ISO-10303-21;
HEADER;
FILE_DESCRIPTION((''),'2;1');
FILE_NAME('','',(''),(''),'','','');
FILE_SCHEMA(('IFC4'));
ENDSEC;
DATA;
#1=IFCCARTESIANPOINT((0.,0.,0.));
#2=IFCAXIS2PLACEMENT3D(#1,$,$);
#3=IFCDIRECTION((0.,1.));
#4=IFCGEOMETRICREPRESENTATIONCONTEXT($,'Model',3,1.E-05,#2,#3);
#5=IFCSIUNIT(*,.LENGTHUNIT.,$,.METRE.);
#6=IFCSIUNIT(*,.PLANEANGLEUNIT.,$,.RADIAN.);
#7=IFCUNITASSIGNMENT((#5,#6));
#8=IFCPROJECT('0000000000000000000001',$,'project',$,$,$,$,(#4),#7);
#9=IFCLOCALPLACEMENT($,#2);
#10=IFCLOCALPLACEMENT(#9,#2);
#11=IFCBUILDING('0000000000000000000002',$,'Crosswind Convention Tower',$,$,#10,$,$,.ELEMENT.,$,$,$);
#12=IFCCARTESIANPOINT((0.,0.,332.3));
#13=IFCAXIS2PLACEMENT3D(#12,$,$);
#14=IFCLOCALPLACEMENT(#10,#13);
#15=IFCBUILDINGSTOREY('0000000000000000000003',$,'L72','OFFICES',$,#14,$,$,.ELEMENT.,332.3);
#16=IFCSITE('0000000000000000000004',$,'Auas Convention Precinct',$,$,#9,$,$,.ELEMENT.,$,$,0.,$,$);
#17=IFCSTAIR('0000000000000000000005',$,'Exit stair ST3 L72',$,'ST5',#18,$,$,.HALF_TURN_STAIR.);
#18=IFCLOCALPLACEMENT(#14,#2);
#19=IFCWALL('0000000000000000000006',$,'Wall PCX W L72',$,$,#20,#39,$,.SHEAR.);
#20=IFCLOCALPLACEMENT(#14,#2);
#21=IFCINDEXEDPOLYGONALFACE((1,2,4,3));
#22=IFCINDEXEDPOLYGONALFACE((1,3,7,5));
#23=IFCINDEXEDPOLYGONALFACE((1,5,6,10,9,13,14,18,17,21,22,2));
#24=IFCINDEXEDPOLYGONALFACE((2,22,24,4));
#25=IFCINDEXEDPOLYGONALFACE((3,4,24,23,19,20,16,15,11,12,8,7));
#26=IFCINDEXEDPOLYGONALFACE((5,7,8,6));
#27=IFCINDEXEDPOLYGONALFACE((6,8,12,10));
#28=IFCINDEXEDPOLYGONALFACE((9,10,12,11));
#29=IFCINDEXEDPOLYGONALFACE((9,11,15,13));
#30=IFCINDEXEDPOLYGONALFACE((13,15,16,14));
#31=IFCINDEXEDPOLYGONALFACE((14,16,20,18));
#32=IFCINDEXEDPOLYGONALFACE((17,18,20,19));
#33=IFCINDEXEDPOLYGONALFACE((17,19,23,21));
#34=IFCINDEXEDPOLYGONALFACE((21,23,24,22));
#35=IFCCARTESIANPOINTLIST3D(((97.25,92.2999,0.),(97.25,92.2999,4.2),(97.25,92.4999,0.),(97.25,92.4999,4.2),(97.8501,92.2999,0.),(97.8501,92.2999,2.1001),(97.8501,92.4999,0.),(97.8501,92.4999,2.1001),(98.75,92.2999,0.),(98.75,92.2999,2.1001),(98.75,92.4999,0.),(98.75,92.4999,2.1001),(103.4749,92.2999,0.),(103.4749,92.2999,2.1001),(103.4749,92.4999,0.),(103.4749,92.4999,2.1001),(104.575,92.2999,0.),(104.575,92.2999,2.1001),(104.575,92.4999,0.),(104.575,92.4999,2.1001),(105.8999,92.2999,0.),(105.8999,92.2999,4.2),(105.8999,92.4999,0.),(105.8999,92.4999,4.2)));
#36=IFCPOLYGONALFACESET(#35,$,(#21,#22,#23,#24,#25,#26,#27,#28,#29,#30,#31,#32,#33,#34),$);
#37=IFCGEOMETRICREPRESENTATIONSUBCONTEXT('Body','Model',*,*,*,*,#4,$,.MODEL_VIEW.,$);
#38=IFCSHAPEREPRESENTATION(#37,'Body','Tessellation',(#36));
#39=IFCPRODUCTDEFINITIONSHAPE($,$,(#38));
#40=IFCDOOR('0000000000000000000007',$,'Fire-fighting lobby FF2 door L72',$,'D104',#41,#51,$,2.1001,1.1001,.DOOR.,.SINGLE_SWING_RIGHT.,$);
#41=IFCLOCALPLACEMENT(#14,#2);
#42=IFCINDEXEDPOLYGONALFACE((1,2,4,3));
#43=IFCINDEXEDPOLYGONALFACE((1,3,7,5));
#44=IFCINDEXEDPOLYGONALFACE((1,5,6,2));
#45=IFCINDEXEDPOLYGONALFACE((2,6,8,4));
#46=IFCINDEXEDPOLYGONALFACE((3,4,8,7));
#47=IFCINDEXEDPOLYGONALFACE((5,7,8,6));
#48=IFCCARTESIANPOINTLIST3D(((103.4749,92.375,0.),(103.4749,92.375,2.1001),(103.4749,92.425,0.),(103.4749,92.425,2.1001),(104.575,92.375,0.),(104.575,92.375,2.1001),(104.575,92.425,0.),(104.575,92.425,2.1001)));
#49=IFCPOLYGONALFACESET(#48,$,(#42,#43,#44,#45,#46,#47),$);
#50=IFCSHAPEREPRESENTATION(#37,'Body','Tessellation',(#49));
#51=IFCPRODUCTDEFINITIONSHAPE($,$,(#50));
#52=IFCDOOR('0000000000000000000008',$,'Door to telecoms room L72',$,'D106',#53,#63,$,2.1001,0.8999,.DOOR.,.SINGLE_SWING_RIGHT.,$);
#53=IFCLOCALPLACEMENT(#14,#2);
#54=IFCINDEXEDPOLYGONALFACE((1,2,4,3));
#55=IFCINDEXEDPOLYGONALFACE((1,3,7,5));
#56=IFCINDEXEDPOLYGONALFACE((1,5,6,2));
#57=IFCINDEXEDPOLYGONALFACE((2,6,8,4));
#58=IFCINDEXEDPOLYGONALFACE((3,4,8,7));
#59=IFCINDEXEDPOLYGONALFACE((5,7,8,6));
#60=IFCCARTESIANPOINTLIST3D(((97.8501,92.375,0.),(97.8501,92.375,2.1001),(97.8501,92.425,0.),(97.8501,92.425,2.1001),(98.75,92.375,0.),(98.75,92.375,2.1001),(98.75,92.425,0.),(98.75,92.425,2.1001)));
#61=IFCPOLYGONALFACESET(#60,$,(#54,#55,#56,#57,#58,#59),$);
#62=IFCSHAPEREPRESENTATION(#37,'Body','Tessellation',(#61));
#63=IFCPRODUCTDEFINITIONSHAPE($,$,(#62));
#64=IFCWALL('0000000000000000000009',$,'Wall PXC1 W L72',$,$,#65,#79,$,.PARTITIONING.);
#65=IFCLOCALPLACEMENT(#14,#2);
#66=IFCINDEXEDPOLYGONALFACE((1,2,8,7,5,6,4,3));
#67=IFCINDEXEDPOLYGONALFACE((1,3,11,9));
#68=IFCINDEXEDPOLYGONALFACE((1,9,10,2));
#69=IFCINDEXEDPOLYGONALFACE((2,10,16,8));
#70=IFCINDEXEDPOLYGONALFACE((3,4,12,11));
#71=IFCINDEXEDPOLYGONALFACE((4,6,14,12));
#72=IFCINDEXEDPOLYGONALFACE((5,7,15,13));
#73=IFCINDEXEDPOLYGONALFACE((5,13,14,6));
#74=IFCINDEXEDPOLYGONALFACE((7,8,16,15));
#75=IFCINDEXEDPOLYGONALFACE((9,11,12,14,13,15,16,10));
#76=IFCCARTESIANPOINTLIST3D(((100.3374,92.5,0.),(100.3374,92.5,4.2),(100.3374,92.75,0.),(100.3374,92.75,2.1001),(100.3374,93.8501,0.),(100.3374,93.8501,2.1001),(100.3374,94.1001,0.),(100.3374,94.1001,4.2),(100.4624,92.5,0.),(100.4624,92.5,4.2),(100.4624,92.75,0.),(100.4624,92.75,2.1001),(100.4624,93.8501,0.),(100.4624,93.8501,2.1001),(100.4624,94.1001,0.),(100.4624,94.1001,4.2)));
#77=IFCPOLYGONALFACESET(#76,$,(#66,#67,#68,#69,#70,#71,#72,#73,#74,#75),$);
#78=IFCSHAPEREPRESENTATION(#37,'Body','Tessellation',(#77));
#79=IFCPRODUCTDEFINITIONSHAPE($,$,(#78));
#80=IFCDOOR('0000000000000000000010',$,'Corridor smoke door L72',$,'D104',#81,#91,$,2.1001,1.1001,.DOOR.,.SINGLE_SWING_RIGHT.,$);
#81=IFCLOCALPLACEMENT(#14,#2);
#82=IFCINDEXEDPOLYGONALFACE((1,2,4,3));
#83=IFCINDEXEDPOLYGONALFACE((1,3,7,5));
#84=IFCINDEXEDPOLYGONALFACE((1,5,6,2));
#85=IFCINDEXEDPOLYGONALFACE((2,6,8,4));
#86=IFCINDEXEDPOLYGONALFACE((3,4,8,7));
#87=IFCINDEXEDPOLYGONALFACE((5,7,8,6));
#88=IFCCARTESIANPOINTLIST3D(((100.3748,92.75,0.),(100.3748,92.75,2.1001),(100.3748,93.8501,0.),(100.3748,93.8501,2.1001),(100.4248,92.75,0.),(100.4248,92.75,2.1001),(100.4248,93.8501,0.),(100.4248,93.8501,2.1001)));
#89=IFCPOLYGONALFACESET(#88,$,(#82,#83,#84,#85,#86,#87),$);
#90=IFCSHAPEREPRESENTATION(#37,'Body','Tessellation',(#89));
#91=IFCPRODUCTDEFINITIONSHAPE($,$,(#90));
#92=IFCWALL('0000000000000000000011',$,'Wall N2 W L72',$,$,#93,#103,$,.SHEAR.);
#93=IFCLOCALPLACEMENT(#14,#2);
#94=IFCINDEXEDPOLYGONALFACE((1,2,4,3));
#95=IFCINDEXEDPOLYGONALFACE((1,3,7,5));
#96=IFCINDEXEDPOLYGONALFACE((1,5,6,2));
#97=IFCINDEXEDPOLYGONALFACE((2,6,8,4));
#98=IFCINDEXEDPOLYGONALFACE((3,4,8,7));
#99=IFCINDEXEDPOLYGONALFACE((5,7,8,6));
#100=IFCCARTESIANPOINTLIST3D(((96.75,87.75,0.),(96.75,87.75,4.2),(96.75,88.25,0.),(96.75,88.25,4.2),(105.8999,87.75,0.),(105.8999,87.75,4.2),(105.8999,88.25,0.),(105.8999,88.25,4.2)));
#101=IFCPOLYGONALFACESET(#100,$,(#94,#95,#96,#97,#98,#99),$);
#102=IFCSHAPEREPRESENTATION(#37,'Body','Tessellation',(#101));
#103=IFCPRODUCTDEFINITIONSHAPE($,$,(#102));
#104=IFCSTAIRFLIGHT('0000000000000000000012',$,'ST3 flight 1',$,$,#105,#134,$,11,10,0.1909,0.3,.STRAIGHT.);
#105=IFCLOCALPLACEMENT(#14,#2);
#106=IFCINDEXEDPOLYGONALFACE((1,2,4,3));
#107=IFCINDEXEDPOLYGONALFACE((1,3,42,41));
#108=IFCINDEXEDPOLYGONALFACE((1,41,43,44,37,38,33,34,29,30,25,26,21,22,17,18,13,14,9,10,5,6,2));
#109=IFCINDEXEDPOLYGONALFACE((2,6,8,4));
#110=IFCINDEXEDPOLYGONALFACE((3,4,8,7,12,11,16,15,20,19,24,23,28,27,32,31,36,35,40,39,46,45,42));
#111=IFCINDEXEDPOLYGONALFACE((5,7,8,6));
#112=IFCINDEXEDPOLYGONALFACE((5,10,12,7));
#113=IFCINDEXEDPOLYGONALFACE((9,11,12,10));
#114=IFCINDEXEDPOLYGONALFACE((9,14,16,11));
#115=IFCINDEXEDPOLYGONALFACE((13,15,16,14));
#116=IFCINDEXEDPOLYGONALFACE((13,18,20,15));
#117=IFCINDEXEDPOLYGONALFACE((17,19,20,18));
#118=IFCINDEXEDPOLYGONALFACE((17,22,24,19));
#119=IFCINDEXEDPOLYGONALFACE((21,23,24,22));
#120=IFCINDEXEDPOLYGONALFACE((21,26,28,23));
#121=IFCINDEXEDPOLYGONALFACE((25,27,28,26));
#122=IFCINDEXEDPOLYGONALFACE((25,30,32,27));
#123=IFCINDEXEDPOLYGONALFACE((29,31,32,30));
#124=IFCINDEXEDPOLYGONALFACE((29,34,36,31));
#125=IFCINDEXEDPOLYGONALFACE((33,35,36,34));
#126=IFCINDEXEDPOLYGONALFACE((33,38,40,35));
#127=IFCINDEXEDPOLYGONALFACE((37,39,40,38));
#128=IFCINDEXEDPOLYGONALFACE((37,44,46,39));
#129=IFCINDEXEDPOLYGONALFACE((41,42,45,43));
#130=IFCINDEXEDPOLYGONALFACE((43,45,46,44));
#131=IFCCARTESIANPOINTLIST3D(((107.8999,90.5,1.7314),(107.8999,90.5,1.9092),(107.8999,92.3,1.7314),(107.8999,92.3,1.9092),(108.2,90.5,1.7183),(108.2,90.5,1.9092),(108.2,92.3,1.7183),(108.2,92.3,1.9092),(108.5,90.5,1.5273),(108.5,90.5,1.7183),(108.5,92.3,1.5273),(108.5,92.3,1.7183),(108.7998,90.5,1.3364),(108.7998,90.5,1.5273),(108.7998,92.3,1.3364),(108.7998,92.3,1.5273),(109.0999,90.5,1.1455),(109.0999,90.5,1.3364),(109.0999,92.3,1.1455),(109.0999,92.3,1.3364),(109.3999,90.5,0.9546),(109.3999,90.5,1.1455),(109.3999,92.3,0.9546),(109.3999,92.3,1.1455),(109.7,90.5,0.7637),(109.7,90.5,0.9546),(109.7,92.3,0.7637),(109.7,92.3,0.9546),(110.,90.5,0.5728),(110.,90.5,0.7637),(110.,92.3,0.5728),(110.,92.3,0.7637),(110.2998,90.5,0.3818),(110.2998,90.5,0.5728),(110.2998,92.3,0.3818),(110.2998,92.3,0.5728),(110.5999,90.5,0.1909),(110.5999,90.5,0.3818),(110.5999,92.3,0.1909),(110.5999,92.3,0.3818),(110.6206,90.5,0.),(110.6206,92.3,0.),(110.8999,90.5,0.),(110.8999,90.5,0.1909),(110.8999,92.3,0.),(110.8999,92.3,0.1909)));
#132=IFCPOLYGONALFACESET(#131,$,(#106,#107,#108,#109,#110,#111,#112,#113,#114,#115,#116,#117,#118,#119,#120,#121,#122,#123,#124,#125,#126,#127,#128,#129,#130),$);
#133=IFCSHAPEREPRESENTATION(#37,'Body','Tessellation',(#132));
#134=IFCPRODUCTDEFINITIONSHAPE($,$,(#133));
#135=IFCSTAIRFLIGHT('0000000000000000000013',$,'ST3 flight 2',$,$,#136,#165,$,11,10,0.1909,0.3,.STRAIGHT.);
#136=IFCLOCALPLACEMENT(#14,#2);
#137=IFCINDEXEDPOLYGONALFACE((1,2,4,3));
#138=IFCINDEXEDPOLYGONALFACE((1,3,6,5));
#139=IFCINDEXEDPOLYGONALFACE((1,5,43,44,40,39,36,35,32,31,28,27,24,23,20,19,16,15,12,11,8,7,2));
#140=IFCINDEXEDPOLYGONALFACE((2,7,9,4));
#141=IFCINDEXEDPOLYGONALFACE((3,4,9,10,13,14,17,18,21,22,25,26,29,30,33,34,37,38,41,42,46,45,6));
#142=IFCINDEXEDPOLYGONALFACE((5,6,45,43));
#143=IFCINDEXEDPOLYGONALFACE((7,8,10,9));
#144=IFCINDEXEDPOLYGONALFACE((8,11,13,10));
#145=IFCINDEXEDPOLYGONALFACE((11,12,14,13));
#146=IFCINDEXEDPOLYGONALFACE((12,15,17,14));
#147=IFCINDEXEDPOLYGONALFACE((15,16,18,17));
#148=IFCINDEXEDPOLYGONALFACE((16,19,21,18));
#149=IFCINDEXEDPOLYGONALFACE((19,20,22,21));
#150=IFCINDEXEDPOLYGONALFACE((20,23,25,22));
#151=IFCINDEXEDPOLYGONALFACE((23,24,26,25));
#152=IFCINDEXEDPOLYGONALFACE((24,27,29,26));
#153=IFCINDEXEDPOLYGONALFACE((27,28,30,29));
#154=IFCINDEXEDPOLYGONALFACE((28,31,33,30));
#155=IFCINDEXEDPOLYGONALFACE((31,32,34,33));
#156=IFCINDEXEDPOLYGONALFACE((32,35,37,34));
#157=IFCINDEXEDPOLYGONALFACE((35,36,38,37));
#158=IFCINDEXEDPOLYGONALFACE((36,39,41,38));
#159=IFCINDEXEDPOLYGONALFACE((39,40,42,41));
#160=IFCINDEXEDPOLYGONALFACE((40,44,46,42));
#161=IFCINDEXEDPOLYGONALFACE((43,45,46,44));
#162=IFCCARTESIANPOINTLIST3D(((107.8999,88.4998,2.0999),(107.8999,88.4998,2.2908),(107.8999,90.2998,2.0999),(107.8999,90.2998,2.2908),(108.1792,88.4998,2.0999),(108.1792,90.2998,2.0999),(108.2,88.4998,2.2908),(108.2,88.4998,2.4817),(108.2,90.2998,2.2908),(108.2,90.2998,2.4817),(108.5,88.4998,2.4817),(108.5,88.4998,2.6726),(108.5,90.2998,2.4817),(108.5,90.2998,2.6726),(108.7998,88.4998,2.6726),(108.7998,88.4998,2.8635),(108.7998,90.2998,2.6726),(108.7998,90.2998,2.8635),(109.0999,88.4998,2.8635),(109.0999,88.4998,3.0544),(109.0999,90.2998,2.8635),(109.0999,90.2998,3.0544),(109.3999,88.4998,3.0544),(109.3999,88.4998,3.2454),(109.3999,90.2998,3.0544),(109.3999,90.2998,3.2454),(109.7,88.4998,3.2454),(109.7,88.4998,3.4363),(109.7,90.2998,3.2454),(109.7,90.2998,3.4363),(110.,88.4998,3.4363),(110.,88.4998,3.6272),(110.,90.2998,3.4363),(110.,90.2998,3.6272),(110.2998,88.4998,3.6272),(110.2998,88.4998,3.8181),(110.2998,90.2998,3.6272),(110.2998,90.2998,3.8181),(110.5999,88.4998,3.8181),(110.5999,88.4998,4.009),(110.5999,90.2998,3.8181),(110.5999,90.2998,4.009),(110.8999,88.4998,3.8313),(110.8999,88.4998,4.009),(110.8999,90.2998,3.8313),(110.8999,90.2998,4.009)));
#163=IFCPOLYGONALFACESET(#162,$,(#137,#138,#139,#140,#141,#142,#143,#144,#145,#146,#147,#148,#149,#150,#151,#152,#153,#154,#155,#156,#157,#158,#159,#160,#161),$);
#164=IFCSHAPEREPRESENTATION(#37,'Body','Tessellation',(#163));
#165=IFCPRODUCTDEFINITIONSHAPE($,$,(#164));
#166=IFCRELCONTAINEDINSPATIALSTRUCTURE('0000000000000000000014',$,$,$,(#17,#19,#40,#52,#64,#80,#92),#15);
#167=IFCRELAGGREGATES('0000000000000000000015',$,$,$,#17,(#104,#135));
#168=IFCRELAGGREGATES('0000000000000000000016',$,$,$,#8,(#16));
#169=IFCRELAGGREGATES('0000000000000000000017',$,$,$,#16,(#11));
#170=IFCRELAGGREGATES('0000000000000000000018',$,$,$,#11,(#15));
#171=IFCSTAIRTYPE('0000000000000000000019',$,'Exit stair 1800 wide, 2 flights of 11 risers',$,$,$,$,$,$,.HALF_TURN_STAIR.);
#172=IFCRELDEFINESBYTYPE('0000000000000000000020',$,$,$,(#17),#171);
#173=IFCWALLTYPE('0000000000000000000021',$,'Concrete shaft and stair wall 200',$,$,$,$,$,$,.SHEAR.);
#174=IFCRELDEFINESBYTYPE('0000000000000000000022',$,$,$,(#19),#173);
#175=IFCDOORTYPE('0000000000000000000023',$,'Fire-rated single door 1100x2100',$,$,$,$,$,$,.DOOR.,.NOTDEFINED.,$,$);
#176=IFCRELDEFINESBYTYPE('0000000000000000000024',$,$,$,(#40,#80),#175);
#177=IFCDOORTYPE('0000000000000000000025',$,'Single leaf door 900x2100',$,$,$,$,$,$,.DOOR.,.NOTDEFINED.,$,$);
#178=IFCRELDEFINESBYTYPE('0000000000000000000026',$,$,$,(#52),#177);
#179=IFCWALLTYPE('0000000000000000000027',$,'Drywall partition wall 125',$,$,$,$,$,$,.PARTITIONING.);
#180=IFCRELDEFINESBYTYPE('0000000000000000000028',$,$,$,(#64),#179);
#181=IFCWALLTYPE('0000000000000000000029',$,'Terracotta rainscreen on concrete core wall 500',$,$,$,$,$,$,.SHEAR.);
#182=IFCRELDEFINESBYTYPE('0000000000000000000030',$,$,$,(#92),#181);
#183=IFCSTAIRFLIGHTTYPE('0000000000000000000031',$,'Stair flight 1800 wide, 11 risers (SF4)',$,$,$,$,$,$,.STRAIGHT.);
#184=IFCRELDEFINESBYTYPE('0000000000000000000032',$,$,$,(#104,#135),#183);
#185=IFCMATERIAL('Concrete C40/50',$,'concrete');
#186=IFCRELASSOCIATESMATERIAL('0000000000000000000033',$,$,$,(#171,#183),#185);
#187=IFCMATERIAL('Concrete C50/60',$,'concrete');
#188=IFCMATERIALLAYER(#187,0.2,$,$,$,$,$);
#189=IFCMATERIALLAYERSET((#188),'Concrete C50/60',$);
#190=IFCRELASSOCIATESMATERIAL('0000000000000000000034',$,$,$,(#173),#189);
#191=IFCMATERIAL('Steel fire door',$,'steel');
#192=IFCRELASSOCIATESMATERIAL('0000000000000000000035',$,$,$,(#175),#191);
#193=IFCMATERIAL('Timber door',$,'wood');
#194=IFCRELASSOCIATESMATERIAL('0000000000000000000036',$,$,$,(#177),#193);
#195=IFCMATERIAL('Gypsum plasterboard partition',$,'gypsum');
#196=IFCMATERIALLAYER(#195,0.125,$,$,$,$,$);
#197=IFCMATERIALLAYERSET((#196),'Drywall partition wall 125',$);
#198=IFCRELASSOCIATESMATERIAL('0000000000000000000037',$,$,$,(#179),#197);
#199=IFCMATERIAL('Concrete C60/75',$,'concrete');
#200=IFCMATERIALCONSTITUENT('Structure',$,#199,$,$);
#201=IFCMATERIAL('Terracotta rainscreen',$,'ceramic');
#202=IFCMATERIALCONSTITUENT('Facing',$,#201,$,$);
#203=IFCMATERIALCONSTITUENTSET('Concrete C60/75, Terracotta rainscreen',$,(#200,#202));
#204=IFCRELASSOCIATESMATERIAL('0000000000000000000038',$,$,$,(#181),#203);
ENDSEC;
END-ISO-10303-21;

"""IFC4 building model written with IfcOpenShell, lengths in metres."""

from ifc_helpers import new_model, si_unit, direction, frame, frame_2d, origin, place, context, subcontext, project, spatial, polyline, rectangle, outline, extrude, material, layer, layer_set, constituent, constituent_set, type_object, element, fill, aggregate, save


model = new_model("IFC4")

# Units and contexts
model_context = context("Model", 3, precision=1e-05, world=origin(), true_north=direction((0.0, 1.0)))
body_context = subcontext(model_context, "Body", "Model", "MODEL_VIEW")
ifc_project = project(units=[si_unit("LENGTHUNIT", "METRE"), si_unit("PLANEANGLEUNIT", "RADIAN")], contexts=[model_context])

# Site, building, storey
site_placement = place(None, origin())
site = spatial("IfcSite", under=ifc_project, at=site_placement, Name="Auas Convention Precinct", CompositionType="ELEMENT", RefElevation=0.0)
building_placement = place(site_placement, origin())
building = spatial("IfcBuilding", under=site, at=building_placement, Name="Crosswind Convention Tower", CompositionType="ELEMENT")
storey_placement = place(building_placement, frame((0.0, 0.0, 332.3)))
storey = spatial("IfcBuildingStorey", under=building, at=storey_placement, Name="L72", Description="OFFICES", CompositionType="ELEMENT", Elevation=332.3)

# Shared definitions
ifc_material_1 = material(Name="Concrete C40/50", Category="concrete")

# Stair
stair_type = type_object("IfcStairType", Name="Exit stair 1800 wide, 2 flights of 11 risers", PredefinedType="HALF_TURN_STAIR", material=ifc_material_1)
stair_1_placement = place(storey_placement, origin())
stair_1 = element("IfcStair", 1, at=stair_1_placement, inside=storey, type_object=stair_type, Name="Exit stair ST3 L72", ObjectType="ST5", PredefinedType="HALF_TURN_STAIR")

# Shared definitions
ifc_material_2 = material(Name="Concrete C50/60", Category="concrete")
ifc_layer_1 = layer(ifc_material_2, 0.2)
ifc_layer_set_1 = layer_set([ifc_layer_1], Name="Concrete C50/60")
wall_type_1 = type_object("IfcWallType", Name="Concrete shaft and stair wall 200", PredefinedType="SHEAR", material=ifc_layer_set_1)
ifc_material_3 = material(Name="Steel fire door", Category="steel")
door_type_1 = type_object("IfcDoorType", Name="Fire-rated single door 1100x2100", OperationType="NOTDEFINED", PredefinedType="DOOR", material=ifc_material_3)

# Wall, openings, doors
wall_1_placement = place(storey_placement, frame((105.8999, 92.3999, 0.0), z_axis=(0.0, 0.0, 1.0), x_axis=(-1.0, 0.0, 0.0)))
wall_1 = element("IfcWall", 2, at=wall_1_placement, inside=storey, type_object=wall_type_1, Name="Wall PCX W L72", PredefinedType="SHEAR", context=body_context, shape_type="SweptSolid", body=[
    extrude(rectangle(XDim=8.6499, YDim=0.2, at=frame_2d((4.325, 0.0))), origin(), (0.0, 0.0, 1.0), 4.2),
])
opening_1_placement = place(wall_1_placement, frame((1.325, 0.0, 0.0)))
opening_1 = element("IfcOpeningElement", 3, at=opening_1_placement, cuts=wall_1, PredefinedType="OPENING", context=body_context, shape_type="SweptSolid", body=[
    extrude(rectangle(XDim=1.1001, YDim=2.1001, at=frame_2d((0.55, 1.05))), frame((0.0, 0.1099, 0.0), z_axis=(0.0, -1.0, 0.0), x_axis=(1.0, 0.0, 0.0)), (0.0, 0.0, 1.0), 0.22),
])
opening_2_placement = place(wall_1_placement, frame((7.1499, 0.0, 0.0)))
opening_2 = element("IfcOpeningElement", 4, at=opening_2_placement, cuts=wall_1, PredefinedType="OPENING", context=body_context, shape_type="SweptSolid", body=[
    extrude(rectangle(XDim=0.8999, YDim=2.1001, at=frame_2d((0.45, 1.05))), frame((0.0, 0.1099, 0.0), z_axis=(0.0, -1.0, 0.0), x_axis=(1.0, 0.0, 0.0)), (0.0, 0.0, 1.0), 0.22),
])
door_1_placement = place(opening_1_placement, origin())
door_1 = element("IfcDoor", 5, at=door_1_placement, inside=storey, type_object=door_type_1, Name="Fire-fighting lobby FF2 door L72", ObjectType="D104", OperationType="SINGLE_SWING_RIGHT", OverallHeight=2.1001, OverallWidth=1.1001, PredefinedType="DOOR", context=body_context, shape_type="SweptSolid", body=[
    extrude(rectangle(XDim=1.1001, YDim=2.1001, at=frame_2d((0.55, 1.05))), frame((0.0, 0.0249, 0.0), z_axis=(0.0, -1.0, 0.0), x_axis=(1.0, 0.0, 0.0)), (0.0, 0.0, 1.0), 0.05),
])
fill(opening_1, door_1)
ifc_material_4 = material(Name="Timber door", Category="wood")
door_type_2 = type_object("IfcDoorType", Name="Single leaf door 900x2100", OperationType="NOTDEFINED", PredefinedType="DOOR", material=ifc_material_4)
door_2_placement = place(opening_2_placement, origin())
door_2 = element("IfcDoor", 6, at=door_2_placement, inside=storey, type_object=door_type_2, Name="Door to telecoms room L72", ObjectType="D106", OperationType="SINGLE_SWING_RIGHT", OverallHeight=2.1001, OverallWidth=0.8999, PredefinedType="DOOR", context=body_context, shape_type="SweptSolid", body=[
    extrude(rectangle(XDim=0.8999, YDim=2.1001, at=frame_2d((0.45, 1.05))), frame((0.0, 0.0249, 0.0), z_axis=(0.0, -1.0, 0.0), x_axis=(1.0, 0.0, 0.0)), (0.0, 0.0, 1.0), 0.05),
])
fill(opening_2, door_2)

# Wall, opening, door
ifc_material_5 = material(Name="Gypsum plasterboard partition", Category="gypsum")
ifc_layer_2 = layer(ifc_material_5, 0.125)
ifc_layer_set_2 = layer_set([ifc_layer_2], Name="Drywall partition wall 125")
wall_type_2 = type_object("IfcWallType", Name="Drywall partition wall 125", PredefinedType="PARTITIONING", material=ifc_layer_set_2)
wall_2_placement = place(storey_placement, frame((100.3999, 94.1001, 0.0), z_axis=(0.0, 0.0, 1.0), x_axis=(0.0, -1.0, 0.0)))
wall_2 = element("IfcWall", 7, at=wall_2_placement, inside=storey, type_object=wall_type_2, Name="Wall PXC1 W L72", PredefinedType="PARTITIONING", context=body_context, shape_type="SweptSolid", body=[
    extrude(rectangle(XDim=1.6001, YDim=0.125, at=frame_2d((0.8, 0.0))), origin(), (0.0, 0.0, 1.0), 4.2),
])
opening_3_placement = place(wall_2_placement, frame((0.25, 0.0, 0.0)))
opening_3 = element("IfcOpeningElement", 8, at=opening_3_placement, cuts=wall_2, PredefinedType="OPENING", context=body_context, shape_type="SweptSolid", body=[
    extrude(rectangle(XDim=1.1001, YDim=2.1001, at=frame_2d((0.55, 1.05))), frame((0.0, 0.0725, 0.0), z_axis=(0.0, -1.0, 0.0), x_axis=(1.0, 0.0, 0.0)), (0.0, 0.0, 1.0), 0.145),
])
door_3_placement = place(opening_3_placement, origin())
door_3 = element("IfcDoor", 9, at=door_3_placement, inside=storey, type_object=door_type_1, Name="Corridor smoke door L72", ObjectType="D104", OperationType="SINGLE_SWING_RIGHT", OverallHeight=2.1001, OverallWidth=1.1001, PredefinedType="DOOR", context=body_context, shape_type="SweptSolid", body=[
    extrude(rectangle(XDim=1.1001, YDim=2.1001, at=frame_2d((0.55, 1.05))), frame((0.0, 0.0249, 0.0), z_axis=(0.0, -1.0, 0.0), x_axis=(1.0, 0.0, 0.0)), (0.0, 0.0, 1.0), 0.05),
])
fill(opening_3, door_3)

# Wall
ifc_material_6 = material(Name="Concrete C60/75", Category="concrete")
ifc_constituent_1 = constituent(ifc_material_6, Name="Structure")
ifc_material_7 = material(Name="Terracotta rainscreen", Category="ceramic")
ifc_constituent_2 = constituent(ifc_material_7, Name="Facing")
ifc_constituent_set = constituent_set(constituents=[ifc_constituent_1, ifc_constituent_2], Name="Concrete C60/75, Terracotta rainscreen")
wall_type_3 = type_object("IfcWallType", Name="Terracotta rainscreen on concrete core wall 500", PredefinedType="SHEAR", material=ifc_constituent_set)
wall_3_placement = place(storey_placement, frame((105.8999, 88.0, 0.0), z_axis=(0.0, 0.0, 1.0), x_axis=(-1.0, 0.0, 0.0)))
element("IfcWall", 10, at=wall_3_placement, inside=storey, type_object=wall_type_3, Name="Wall N2 W L72", PredefinedType="SHEAR", context=body_context, shape_type="SweptSolid", body=[
    extrude(rectangle(XDim=9.1499, YDim=0.5, at=frame_2d((4.575, 0.0))), origin(), (0.0, 0.0, 1.0), 4.2),
])

# Stair flights
stair_flight_type = type_object("IfcStairFlightType", Name="Stair flight 1800 wide, 11 risers (SF4)", PredefinedType="STRAIGHT", material=ifc_material_1)
stair_flight_1_placement = place(storey_placement, frame((110.8999, 91.3999, 0.0), z_axis=(0.0, 0.0, 1.0), x_axis=(-1.0, 0.0, 0.0)))
stair_flight_1 = element("IfcStairFlight", 11, at=stair_flight_1_placement, type_object=stair_flight_type, Name="ST3 flight 1", NumberOfRisers=11, NumberOfTreads=10, PredefinedType="STRAIGHT", RiserHeight=0.1909, TreadLength=0.3, context=body_context, shape_type="SweptSolid", body=[
    extrude(outline(polyline([(0.0, 0.0), (0.0, 0.1909), (0.3, 0.1909), (0.3, 0.3818), (0.6001, 0.3818), (0.6001, 0.5728), (0.8999, 0.5728), (0.8999, 0.7637), (1.2, 0.7637), (1.2, 0.9546), (1.5, 0.9546), (1.5, 1.1455), (1.8, 1.1455), (1.8, 1.3364), (2.1001, 1.3364), (2.1001, 1.5273), (2.3999, 1.5273), (2.3999, 1.7183), (2.7, 1.7183), (2.7, 1.9092), (3.0, 1.9092), (3.0, 2.1001), (3.0, 1.7314), (0.2793, 0.0), (0.0, 0.0)])), frame((0.0, 0.8999, 0.0), z_axis=(0.0, -1.0, 0.0), x_axis=(1.0, 0.0, 0.0)), (0.0, 0.0, 1.0), 1.8),
])
stair_flight_2_placement = place(storey_placement, frame((107.8999, 89.3999, 2.0999), z_axis=(0.0, 0.0, 1.0), x_axis=(1.0, 0.0, 0.0)))
stair_flight_2 = element("IfcStairFlight", 12, at=stair_flight_2_placement, type_object=stair_flight_type, Name="ST3 flight 2", NumberOfRisers=11, NumberOfTreads=10, PredefinedType="STRAIGHT", RiserHeight=0.1909, TreadLength=0.3, context=body_context, shape_type="SweptSolid", body=[
    extrude(outline(polyline([(0.0, 0.0), (0.0, 0.1909), (0.3, 0.1909), (0.3, 0.3818), (0.6001, 0.3818), (0.6001, 0.5728), (0.8999, 0.5728), (0.8999, 0.7637), (1.2, 0.7637), (1.2, 0.9546), (1.5, 0.9546), (1.5, 1.1455), (1.8, 1.1455), (1.8, 1.3364), (2.1001, 1.3364), (2.1001, 1.5273), (2.3999, 1.5273), (2.3999, 1.7183), (2.7, 1.7183), (2.7, 1.9092), (3.0, 1.9092), (3.0, 2.1001), (3.0, 1.7314), (0.2793, 0.0), (0.0, 0.0)])), frame((0.0, 0.8999, 0.0), z_axis=(0.0, -1.0, 0.0), x_axis=(1.0, 0.0, 0.0)), (0.0, 0.0, 1.0), 1.8),
])
aggregate(stair_1, [stair_flight_1, stair_flight_2])

save(model, "model.ifc")
